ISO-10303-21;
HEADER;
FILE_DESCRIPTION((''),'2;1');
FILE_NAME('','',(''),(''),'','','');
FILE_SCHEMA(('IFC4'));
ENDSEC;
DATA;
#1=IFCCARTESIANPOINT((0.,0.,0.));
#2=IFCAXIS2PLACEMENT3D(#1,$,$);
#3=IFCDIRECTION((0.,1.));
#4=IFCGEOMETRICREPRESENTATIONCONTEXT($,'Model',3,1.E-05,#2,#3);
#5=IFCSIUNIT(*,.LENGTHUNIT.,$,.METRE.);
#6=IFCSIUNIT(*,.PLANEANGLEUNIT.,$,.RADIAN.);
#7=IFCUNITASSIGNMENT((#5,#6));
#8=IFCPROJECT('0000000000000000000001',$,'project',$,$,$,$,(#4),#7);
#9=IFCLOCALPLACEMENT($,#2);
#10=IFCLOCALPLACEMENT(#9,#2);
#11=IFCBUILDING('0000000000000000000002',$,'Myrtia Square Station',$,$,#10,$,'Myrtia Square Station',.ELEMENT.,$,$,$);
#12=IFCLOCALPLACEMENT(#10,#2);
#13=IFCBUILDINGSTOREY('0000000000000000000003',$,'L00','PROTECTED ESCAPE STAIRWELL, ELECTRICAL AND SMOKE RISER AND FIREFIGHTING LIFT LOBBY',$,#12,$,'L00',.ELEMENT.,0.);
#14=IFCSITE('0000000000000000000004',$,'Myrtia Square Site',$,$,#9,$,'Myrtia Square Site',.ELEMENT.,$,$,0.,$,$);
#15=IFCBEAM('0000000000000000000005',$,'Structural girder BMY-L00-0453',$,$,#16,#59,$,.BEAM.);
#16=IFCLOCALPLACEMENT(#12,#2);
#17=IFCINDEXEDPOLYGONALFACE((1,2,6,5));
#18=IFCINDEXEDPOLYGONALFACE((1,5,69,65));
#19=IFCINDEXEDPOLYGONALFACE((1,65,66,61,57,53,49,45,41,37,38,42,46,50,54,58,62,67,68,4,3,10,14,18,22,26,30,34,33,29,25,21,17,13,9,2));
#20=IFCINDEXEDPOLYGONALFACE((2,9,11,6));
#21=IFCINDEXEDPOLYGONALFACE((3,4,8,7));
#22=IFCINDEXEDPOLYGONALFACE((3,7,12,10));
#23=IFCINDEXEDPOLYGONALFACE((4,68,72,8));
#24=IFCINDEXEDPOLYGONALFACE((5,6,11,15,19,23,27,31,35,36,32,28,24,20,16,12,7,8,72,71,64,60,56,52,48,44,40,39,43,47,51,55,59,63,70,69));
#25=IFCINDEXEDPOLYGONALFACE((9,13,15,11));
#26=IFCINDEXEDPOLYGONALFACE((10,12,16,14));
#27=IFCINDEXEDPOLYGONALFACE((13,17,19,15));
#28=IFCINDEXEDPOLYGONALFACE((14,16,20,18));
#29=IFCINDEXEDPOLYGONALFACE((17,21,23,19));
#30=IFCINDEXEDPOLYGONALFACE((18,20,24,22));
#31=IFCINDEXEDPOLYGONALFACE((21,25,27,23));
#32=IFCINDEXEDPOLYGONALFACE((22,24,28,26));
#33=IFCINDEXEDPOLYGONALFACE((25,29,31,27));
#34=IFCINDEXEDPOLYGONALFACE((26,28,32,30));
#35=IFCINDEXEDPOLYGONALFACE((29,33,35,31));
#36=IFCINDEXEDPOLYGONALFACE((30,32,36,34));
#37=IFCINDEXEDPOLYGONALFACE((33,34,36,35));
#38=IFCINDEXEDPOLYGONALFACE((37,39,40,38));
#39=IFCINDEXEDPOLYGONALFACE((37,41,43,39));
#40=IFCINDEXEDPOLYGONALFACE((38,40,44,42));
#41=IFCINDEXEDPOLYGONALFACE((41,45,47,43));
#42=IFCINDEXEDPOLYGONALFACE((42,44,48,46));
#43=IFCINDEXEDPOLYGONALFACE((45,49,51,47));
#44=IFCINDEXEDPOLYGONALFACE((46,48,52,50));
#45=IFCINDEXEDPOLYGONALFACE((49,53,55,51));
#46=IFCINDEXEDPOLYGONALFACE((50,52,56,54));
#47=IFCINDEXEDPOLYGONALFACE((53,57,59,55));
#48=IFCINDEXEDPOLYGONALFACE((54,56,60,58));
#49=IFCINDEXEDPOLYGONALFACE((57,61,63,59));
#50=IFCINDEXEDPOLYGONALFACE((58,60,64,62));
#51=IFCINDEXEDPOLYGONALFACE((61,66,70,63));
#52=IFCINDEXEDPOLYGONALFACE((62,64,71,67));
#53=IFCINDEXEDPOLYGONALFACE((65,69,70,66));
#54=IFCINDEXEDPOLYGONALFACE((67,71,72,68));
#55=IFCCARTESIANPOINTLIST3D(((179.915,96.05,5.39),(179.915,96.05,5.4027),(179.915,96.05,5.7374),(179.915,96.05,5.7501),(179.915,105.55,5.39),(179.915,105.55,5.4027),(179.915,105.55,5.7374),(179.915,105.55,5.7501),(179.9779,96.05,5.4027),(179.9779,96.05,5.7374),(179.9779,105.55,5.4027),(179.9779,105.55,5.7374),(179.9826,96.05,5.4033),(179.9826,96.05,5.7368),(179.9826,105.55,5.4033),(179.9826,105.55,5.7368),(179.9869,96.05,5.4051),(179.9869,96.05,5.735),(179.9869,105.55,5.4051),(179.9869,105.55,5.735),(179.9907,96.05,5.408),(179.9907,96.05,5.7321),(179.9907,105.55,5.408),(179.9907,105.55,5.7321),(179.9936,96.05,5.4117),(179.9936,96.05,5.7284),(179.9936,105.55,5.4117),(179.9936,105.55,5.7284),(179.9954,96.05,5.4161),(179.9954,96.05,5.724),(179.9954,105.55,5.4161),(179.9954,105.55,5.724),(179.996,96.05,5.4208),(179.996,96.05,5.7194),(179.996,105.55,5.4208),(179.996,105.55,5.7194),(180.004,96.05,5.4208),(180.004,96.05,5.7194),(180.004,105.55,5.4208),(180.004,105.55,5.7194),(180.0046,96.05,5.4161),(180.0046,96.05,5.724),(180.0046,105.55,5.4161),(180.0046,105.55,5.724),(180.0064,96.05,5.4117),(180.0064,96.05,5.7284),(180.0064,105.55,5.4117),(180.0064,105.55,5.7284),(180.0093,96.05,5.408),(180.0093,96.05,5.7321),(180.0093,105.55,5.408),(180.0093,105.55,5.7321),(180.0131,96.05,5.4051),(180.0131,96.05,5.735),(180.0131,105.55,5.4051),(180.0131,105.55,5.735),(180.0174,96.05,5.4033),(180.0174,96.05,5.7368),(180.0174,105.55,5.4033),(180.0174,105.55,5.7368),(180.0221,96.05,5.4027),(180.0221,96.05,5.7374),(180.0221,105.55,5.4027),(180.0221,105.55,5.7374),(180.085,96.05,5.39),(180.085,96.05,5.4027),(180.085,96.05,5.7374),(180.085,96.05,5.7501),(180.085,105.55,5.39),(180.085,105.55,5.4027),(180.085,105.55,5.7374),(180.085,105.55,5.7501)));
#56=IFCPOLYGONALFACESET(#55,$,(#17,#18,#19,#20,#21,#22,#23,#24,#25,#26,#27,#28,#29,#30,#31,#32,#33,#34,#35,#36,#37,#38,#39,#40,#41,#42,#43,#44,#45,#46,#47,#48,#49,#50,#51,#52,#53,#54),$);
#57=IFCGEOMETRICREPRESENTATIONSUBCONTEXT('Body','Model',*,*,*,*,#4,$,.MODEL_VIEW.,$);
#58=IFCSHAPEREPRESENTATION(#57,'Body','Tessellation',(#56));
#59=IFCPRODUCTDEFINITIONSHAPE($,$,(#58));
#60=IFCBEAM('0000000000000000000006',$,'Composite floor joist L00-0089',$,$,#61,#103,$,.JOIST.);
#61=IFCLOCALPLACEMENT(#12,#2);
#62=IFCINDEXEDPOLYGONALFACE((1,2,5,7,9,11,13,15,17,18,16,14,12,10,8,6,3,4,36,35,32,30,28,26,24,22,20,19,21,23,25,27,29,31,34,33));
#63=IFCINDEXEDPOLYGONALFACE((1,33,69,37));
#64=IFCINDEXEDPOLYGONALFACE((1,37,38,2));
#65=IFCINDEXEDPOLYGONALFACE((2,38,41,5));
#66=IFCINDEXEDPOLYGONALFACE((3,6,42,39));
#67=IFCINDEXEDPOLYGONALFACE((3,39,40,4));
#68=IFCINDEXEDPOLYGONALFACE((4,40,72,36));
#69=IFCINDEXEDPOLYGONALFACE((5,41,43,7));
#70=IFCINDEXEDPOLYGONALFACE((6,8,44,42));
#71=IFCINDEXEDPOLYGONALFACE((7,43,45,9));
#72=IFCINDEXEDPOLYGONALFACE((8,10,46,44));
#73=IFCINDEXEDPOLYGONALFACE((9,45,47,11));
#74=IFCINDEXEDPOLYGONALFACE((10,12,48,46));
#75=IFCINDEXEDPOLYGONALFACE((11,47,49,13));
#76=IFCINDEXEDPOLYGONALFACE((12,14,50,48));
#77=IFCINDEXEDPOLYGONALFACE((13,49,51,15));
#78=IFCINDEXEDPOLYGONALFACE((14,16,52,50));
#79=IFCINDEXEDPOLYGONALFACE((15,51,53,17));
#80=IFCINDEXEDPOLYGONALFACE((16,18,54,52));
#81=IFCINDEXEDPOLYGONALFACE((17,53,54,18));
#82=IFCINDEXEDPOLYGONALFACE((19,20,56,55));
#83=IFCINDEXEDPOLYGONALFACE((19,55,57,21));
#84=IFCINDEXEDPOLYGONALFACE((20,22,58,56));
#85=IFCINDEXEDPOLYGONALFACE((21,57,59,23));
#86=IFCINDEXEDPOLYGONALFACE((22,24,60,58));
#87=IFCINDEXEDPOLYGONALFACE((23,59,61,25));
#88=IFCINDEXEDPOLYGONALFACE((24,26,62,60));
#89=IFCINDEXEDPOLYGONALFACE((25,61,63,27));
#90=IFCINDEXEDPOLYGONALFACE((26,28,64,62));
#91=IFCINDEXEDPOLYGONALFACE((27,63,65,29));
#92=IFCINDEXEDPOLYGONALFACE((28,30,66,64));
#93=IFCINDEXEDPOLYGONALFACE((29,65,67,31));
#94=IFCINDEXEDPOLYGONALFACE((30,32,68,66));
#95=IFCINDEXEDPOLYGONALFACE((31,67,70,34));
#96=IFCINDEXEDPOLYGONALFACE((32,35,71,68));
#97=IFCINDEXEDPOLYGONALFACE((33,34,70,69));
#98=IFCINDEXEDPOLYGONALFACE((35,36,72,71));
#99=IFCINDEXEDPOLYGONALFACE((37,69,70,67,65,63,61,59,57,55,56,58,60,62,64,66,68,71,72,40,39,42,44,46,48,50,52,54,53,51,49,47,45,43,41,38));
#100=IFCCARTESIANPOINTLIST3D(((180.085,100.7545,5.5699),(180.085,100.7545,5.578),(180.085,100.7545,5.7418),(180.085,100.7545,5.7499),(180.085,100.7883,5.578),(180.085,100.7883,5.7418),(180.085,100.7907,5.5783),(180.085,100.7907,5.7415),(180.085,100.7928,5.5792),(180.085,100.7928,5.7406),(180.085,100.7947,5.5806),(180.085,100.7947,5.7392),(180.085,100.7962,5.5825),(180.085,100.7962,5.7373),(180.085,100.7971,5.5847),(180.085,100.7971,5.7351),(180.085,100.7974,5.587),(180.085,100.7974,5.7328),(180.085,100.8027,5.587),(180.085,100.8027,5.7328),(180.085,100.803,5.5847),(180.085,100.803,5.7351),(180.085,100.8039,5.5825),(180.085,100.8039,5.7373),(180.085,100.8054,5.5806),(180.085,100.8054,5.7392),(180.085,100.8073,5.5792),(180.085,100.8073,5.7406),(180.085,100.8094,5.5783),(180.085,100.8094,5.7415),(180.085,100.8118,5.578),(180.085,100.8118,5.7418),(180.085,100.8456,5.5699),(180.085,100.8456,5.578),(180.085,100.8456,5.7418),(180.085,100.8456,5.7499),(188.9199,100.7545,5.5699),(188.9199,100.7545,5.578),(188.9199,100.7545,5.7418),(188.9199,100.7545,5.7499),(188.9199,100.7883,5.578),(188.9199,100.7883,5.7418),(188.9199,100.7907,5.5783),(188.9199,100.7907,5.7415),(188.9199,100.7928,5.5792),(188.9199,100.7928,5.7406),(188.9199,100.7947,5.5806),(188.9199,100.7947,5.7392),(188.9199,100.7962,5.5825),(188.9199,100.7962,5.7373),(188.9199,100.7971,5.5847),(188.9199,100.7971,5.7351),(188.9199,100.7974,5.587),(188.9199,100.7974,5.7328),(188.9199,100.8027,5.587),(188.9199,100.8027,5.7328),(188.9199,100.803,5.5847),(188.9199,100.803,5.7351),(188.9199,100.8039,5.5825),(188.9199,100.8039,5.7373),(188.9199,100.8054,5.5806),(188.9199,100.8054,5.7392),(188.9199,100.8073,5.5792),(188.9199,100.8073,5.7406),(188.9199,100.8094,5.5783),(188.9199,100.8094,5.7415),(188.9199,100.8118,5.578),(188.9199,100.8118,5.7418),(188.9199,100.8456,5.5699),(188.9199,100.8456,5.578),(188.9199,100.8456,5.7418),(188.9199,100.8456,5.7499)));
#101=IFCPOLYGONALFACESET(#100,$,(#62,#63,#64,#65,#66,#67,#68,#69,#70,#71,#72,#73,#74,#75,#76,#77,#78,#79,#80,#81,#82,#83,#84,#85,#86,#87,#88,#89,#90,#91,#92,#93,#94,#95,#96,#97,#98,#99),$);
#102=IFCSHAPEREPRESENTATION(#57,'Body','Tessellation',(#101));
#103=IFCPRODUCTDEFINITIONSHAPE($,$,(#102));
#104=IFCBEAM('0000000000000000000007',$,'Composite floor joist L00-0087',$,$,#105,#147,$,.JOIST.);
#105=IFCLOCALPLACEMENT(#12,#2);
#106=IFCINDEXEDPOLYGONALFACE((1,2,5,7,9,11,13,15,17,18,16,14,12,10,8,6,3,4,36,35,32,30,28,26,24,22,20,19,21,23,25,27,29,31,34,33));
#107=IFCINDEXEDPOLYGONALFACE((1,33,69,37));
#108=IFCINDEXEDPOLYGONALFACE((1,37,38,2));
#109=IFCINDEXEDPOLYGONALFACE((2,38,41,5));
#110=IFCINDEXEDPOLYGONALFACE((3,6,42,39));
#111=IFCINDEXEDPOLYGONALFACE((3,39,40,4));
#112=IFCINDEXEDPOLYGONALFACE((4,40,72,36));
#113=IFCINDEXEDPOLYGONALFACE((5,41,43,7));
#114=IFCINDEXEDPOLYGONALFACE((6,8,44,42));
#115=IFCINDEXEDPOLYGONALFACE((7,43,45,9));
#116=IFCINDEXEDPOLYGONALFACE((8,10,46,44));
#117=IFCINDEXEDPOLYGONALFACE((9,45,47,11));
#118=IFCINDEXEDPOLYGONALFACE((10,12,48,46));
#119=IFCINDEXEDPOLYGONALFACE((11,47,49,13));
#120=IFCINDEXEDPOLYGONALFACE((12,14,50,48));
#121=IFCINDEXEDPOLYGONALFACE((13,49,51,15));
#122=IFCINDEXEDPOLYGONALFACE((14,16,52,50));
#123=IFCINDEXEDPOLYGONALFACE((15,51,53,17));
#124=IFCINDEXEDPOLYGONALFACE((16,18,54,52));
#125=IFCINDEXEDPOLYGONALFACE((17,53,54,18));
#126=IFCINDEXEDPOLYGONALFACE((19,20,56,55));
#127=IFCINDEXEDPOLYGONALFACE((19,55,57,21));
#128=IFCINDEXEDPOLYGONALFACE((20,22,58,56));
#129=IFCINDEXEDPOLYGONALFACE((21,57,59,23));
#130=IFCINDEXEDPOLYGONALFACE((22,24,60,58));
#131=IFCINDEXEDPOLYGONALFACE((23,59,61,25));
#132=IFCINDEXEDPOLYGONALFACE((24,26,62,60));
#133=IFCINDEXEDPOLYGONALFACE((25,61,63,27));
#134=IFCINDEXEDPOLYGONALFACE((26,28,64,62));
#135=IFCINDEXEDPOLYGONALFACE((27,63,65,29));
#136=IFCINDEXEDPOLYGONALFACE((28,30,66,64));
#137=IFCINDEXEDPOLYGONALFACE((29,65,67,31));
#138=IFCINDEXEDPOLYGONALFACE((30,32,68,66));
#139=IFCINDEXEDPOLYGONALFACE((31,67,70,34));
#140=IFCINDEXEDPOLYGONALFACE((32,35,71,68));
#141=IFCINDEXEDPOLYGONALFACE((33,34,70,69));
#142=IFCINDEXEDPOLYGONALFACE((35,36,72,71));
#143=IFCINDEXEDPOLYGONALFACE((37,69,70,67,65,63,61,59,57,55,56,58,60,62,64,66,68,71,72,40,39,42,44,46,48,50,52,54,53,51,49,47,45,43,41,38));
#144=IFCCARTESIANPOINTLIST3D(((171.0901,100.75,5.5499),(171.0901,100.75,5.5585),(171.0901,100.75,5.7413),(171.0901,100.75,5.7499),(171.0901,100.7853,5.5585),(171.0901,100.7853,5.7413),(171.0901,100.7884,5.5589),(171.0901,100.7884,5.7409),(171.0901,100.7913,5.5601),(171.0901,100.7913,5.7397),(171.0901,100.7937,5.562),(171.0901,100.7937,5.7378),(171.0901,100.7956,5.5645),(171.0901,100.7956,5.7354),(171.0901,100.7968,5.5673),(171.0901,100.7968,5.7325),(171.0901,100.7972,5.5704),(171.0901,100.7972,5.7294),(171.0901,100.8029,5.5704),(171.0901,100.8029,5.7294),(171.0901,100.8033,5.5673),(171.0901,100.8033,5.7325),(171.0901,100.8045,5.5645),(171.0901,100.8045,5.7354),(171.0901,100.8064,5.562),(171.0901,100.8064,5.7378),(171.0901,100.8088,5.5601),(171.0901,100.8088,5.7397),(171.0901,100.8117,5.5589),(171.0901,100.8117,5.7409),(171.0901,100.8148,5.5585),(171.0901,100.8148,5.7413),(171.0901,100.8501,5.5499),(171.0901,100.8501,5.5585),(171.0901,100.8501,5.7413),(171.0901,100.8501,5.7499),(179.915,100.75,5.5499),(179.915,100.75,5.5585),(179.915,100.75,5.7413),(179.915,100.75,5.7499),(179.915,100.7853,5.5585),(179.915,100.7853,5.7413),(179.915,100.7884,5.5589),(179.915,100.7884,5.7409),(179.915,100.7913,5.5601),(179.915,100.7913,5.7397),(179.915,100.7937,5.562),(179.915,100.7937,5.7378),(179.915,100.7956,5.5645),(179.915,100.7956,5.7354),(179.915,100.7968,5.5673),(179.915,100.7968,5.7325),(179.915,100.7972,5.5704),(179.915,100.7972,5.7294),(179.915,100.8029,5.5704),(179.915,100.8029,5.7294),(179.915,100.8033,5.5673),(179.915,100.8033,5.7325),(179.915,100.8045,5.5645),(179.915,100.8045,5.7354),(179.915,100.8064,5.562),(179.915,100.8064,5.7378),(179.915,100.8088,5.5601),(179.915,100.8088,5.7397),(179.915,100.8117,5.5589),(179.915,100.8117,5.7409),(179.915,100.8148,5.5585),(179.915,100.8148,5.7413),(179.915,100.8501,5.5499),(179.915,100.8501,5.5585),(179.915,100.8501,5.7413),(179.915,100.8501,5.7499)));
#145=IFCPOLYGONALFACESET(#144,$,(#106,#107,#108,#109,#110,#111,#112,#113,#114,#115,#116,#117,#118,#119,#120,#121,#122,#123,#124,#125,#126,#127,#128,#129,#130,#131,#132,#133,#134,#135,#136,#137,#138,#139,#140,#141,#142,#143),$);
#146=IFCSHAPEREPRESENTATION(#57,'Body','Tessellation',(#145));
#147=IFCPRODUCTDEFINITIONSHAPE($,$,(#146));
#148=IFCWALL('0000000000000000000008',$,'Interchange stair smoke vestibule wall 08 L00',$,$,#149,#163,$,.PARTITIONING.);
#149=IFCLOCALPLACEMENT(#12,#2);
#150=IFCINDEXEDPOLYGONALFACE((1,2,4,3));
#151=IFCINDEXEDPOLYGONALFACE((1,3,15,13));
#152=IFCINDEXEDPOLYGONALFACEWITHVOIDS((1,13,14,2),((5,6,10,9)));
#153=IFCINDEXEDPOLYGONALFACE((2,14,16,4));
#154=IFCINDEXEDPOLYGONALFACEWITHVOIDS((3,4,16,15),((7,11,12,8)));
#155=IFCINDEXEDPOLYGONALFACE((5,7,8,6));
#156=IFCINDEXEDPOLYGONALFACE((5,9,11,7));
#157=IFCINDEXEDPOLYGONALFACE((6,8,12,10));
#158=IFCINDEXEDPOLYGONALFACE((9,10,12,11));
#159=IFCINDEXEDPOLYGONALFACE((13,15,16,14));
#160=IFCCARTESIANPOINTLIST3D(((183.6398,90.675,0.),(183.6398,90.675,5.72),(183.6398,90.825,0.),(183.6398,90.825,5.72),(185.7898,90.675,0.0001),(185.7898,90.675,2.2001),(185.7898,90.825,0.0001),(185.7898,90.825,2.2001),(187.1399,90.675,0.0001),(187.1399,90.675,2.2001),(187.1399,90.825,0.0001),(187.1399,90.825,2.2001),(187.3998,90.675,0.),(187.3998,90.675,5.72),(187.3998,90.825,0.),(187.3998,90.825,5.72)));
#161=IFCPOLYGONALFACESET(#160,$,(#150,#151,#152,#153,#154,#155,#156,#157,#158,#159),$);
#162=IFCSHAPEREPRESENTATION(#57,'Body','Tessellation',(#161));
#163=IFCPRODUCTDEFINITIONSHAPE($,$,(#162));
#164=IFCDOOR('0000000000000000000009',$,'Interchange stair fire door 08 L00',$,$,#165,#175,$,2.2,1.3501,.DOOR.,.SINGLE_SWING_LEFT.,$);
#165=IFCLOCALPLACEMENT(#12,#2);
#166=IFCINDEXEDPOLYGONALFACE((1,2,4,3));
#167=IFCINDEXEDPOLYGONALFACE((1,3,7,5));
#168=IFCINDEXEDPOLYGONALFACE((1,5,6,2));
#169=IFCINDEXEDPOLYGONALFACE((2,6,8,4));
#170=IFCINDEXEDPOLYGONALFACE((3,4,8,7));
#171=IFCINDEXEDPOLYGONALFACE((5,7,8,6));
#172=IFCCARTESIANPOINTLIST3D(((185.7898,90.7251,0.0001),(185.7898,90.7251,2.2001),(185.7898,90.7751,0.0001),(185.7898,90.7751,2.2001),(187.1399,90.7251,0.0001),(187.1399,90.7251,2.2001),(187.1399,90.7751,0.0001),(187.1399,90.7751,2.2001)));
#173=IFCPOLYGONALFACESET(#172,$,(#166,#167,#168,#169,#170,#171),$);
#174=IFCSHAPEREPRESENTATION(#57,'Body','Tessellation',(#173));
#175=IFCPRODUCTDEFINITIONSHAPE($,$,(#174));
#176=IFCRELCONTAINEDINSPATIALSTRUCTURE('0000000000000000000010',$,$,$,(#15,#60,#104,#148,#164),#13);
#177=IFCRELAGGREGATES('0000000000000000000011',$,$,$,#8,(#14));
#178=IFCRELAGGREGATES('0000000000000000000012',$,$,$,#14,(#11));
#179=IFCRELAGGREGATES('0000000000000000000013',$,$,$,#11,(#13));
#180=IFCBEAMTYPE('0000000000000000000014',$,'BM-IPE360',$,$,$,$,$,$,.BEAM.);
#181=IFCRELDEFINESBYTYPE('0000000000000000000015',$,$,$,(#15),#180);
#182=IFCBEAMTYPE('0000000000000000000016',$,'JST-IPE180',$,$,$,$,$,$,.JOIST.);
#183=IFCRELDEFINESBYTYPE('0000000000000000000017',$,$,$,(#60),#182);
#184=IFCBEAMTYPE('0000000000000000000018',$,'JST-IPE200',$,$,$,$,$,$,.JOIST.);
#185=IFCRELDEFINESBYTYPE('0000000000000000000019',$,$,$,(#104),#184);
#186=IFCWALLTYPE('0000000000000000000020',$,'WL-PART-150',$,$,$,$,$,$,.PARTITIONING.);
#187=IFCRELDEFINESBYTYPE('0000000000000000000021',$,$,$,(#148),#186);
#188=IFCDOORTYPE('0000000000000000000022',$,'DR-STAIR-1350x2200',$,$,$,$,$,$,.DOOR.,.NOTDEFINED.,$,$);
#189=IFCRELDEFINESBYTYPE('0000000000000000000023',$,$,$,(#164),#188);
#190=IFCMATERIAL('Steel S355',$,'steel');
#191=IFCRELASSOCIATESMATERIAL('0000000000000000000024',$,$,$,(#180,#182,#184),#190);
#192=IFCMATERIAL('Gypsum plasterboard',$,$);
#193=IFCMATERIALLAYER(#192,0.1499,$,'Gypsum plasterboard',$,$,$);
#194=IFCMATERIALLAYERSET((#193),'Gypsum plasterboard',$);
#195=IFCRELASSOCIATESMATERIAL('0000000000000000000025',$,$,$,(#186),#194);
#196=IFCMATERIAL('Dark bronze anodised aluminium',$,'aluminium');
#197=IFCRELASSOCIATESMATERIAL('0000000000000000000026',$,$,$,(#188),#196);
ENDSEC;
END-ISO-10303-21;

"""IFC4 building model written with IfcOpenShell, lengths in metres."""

from ifc_helpers import new_model, si_unit, direction, frame, frame_2d, origin, origin_2d, place, context, subcontext, project, spatial, rectangle, i_section, extrude, material, layer, layer_set, material_profile, profile_set, type_object, element, fill, save


model = new_model("IFC4")

# Units and contexts
model_context = context("Model", 3, precision=1e-05, world=origin(), true_north=direction((0.0, 1.0)))
body_context = subcontext(model_context, "Body", "Model", "MODEL_VIEW")
ifc_project = project(units=[si_unit("LENGTHUNIT", "METRE"), si_unit("PLANEANGLEUNIT", "RADIAN")], contexts=[model_context])

# Site, building, storey
site_placement = place(None, origin())
site = spatial("IfcSite", under=ifc_project, at=site_placement, Name="Myrtia Square Site", LongName="Myrtia Square Site", CompositionType="ELEMENT", RefElevation=0.0)
building_placement = place(site_placement, origin())
building = spatial("IfcBuilding", under=site, at=building_placement, Name="Myrtia Square Station", LongName="Myrtia Square Station", CompositionType="ELEMENT")
storey_placement = place(building_placement, origin())
storey = spatial("IfcBuildingStorey", under=building, at=storey_placement, Name="L00", Description="PROTECTED ESCAPE STAIRWELL, ELECTRICAL AND SMOKE RISER AND FIREFIGHTING LIFT LOBBY", LongName="L00", CompositionType="ELEMENT", Elevation=0.0)

# Shared definitions
ifc_material_1 = material(Name="Steel S355", Category="steel")

# Beams
ifc_material_profile_1 = material_profile(ifc_material_1, i_section(OverallWidth=0.1699, OverallDepth=0.3601, WebThickness=0.0081, FlangeThickness=0.0127, FilletRadius=0.0181, at=origin_2d()), Name="IPE 360")
ifc_profile_set_1 = profile_set([ifc_material_profile_1], Name="Steel S355")
beam_type_1 = type_object("IfcBeamType", Name="BM-IPE360", PredefinedType="BEAM", material=ifc_profile_set_1)
beam_1_placement = place(storey_placement, frame((180.0, 96.05, 5.5701), z_axis=(0.0, 1.0, 0.0), x_axis=(-1.0, 0.0, 0.0)))
element("IfcBeam", 1, at=beam_1_placement, inside=storey, type_object=beam_type_1, Name="Structural girder BMY-L00-0453", PredefinedType="BEAM", context=body_context, shape_type="SweptSolid", body=[
    extrude(i_section(OverallWidth=0.1699, OverallDepth=0.3601, WebThickness=0.0081, FlangeThickness=0.0127, FilletRadius=0.0181, at=origin_2d()), origin(), (0.0, 0.0, 1.0), 9.5),
])
ifc_material_profile_2 = material_profile(ifc_material_1, i_section(OverallWidth=0.0911, OverallDepth=0.1799, WebThickness=0.0054, FlangeThickness=0.0081, FilletRadius=0.009, at=origin_2d()), Name="IPE 180")
ifc_profile_set_2 = profile_set([ifc_material_profile_2], Name="Steel S355")
beam_type_2 = type_object("IfcBeamType", Name="JST-IPE180", PredefinedType="JOIST", material=ifc_profile_set_2)
beam_2_placement = place(storey_placement, frame((180.085, 100.8, 5.6599), z_axis=(1.0, 0.0, 0.0), x_axis=(0.0, 1.0, 0.0)))
element("IfcBeam", 2, at=beam_2_placement, inside=storey, type_object=beam_type_2, Name="Composite floor joist L00-0089", PredefinedType="JOIST", context=body_context, shape_type="SweptSolid", body=[
    extrude(i_section(OverallWidth=0.0911, OverallDepth=0.1799, WebThickness=0.0054, FlangeThickness=0.0081, FilletRadius=0.009, at=origin_2d()), origin(), (0.0, 0.0, 1.0), 8.835),
])
ifc_material_profile_3 = material_profile(ifc_material_1, i_section(OverallWidth=0.1001, OverallDepth=0.2, WebThickness=0.0056, FlangeThickness=0.0085, FilletRadius=0.012, at=origin_2d()), Name="IPE 200")
ifc_profile_set_3 = profile_set([ifc_material_profile_3], Name="Steel S355")
beam_type_3 = type_object("IfcBeamType", Name="JST-IPE200", PredefinedType="JOIST", material=ifc_profile_set_3)
beam_3_placement = place(storey_placement, frame((171.0901, 100.8, 5.6499), z_axis=(1.0, 0.0, 0.0), x_axis=(0.0, 1.0, 0.0)))
element("IfcBeam", 3, at=beam_3_placement, inside=storey, type_object=beam_type_3, Name="Composite floor joist L00-0087", PredefinedType="JOIST", context=body_context, shape_type="SweptSolid", body=[
    extrude(i_section(OverallWidth=0.1001, OverallDepth=0.2, WebThickness=0.0056, FlangeThickness=0.0085, FilletRadius=0.012, at=origin_2d()), origin(), (0.0, 0.0, 1.0), 8.825),
])

# Wall, opening, door
ifc_material_2 = material(Name="Gypsum plasterboard")
ifc_layer_1 = layer(ifc_material_2, 0.1499, Name="Gypsum plasterboard")
ifc_layer_set_1 = layer_set([ifc_layer_1], Name="Gypsum plasterboard")
wall_type_1 = type_object("IfcWallType", Name="WL-PART-150", PredefinedType="PARTITIONING", material=ifc_layer_set_1)
wall_1_placement = place(storey_placement, frame((183.6399, 90.75, 0.0), z_axis=(0.0, 0.0, 1.0), x_axis=(1.0, 0.0, 0.0)))
wall_1 = element("IfcWall", 4, at=wall_1_placement, inside=storey, type_object=wall_type_1, Name="Interchange stair smoke vestibule wall 08 L00", PredefinedType="PARTITIONING", context=body_context, shape_type="SweptSolid", body=[
    extrude(rectangle(XDim=3.76, YDim=0.1499, at=frame_2d((1.8799, 0.0))), origin(), (0.0, 0.0, 1.0), 5.72),
])
opening_1_placement = place(wall_1_placement, frame((2.1499, 0.0, 0.0)))
opening_1 = element("IfcOpeningElement", 5, at=opening_1_placement, cuts=wall_1, PredefinedType="OPENING", context=body_context, shape_type="SweptSolid", body=[
    extrude(rectangle(XDim=1.3501, YDim=2.2, at=frame_2d((0.675, 1.1001))), frame((0.0, 0.0898, 0.0), z_axis=(0.0, -1.0, 0.0), x_axis=(1.0, 0.0, 0.0)), (0.0, 0.0, 1.0), 0.1799),
])
ifc_material_3 = material(Name="Dark bronze anodised aluminium", Category="aluminium")
door_type_1 = type_object("IfcDoorType", Name="DR-STAIR-1350x2200", OperationType="NOTDEFINED", PredefinedType="DOOR", material=ifc_material_3)
door_1_placement = place(opening_1_placement, frame((1.3501, 0.0, 0.0), z_axis=(0.0, 0.0, 1.0), x_axis=(-1.0, 0.0, 0.0)))
door_1 = element("IfcDoor", 6, at=door_1_placement, inside=storey, type_object=door_type_1, Name="Interchange stair fire door 08 L00", OperationType="SINGLE_SWING_LEFT", OverallHeight=2.2, OverallWidth=1.3501, PredefinedType="DOOR", context=body_context, shape_type="SweptSolid", body=[
    extrude(rectangle(XDim=1.3501, YDim=2.2, at=frame_2d((0.675, 1.1001))), frame((0.0, 0.0249, 0.0), z_axis=(0.0, -1.0, 0.0), x_axis=(1.0, 0.0, 0.0)), (0.0, 0.0, 1.0), 0.05),
])
fill(opening_1, door_1)

save(model, "model.ifc")
